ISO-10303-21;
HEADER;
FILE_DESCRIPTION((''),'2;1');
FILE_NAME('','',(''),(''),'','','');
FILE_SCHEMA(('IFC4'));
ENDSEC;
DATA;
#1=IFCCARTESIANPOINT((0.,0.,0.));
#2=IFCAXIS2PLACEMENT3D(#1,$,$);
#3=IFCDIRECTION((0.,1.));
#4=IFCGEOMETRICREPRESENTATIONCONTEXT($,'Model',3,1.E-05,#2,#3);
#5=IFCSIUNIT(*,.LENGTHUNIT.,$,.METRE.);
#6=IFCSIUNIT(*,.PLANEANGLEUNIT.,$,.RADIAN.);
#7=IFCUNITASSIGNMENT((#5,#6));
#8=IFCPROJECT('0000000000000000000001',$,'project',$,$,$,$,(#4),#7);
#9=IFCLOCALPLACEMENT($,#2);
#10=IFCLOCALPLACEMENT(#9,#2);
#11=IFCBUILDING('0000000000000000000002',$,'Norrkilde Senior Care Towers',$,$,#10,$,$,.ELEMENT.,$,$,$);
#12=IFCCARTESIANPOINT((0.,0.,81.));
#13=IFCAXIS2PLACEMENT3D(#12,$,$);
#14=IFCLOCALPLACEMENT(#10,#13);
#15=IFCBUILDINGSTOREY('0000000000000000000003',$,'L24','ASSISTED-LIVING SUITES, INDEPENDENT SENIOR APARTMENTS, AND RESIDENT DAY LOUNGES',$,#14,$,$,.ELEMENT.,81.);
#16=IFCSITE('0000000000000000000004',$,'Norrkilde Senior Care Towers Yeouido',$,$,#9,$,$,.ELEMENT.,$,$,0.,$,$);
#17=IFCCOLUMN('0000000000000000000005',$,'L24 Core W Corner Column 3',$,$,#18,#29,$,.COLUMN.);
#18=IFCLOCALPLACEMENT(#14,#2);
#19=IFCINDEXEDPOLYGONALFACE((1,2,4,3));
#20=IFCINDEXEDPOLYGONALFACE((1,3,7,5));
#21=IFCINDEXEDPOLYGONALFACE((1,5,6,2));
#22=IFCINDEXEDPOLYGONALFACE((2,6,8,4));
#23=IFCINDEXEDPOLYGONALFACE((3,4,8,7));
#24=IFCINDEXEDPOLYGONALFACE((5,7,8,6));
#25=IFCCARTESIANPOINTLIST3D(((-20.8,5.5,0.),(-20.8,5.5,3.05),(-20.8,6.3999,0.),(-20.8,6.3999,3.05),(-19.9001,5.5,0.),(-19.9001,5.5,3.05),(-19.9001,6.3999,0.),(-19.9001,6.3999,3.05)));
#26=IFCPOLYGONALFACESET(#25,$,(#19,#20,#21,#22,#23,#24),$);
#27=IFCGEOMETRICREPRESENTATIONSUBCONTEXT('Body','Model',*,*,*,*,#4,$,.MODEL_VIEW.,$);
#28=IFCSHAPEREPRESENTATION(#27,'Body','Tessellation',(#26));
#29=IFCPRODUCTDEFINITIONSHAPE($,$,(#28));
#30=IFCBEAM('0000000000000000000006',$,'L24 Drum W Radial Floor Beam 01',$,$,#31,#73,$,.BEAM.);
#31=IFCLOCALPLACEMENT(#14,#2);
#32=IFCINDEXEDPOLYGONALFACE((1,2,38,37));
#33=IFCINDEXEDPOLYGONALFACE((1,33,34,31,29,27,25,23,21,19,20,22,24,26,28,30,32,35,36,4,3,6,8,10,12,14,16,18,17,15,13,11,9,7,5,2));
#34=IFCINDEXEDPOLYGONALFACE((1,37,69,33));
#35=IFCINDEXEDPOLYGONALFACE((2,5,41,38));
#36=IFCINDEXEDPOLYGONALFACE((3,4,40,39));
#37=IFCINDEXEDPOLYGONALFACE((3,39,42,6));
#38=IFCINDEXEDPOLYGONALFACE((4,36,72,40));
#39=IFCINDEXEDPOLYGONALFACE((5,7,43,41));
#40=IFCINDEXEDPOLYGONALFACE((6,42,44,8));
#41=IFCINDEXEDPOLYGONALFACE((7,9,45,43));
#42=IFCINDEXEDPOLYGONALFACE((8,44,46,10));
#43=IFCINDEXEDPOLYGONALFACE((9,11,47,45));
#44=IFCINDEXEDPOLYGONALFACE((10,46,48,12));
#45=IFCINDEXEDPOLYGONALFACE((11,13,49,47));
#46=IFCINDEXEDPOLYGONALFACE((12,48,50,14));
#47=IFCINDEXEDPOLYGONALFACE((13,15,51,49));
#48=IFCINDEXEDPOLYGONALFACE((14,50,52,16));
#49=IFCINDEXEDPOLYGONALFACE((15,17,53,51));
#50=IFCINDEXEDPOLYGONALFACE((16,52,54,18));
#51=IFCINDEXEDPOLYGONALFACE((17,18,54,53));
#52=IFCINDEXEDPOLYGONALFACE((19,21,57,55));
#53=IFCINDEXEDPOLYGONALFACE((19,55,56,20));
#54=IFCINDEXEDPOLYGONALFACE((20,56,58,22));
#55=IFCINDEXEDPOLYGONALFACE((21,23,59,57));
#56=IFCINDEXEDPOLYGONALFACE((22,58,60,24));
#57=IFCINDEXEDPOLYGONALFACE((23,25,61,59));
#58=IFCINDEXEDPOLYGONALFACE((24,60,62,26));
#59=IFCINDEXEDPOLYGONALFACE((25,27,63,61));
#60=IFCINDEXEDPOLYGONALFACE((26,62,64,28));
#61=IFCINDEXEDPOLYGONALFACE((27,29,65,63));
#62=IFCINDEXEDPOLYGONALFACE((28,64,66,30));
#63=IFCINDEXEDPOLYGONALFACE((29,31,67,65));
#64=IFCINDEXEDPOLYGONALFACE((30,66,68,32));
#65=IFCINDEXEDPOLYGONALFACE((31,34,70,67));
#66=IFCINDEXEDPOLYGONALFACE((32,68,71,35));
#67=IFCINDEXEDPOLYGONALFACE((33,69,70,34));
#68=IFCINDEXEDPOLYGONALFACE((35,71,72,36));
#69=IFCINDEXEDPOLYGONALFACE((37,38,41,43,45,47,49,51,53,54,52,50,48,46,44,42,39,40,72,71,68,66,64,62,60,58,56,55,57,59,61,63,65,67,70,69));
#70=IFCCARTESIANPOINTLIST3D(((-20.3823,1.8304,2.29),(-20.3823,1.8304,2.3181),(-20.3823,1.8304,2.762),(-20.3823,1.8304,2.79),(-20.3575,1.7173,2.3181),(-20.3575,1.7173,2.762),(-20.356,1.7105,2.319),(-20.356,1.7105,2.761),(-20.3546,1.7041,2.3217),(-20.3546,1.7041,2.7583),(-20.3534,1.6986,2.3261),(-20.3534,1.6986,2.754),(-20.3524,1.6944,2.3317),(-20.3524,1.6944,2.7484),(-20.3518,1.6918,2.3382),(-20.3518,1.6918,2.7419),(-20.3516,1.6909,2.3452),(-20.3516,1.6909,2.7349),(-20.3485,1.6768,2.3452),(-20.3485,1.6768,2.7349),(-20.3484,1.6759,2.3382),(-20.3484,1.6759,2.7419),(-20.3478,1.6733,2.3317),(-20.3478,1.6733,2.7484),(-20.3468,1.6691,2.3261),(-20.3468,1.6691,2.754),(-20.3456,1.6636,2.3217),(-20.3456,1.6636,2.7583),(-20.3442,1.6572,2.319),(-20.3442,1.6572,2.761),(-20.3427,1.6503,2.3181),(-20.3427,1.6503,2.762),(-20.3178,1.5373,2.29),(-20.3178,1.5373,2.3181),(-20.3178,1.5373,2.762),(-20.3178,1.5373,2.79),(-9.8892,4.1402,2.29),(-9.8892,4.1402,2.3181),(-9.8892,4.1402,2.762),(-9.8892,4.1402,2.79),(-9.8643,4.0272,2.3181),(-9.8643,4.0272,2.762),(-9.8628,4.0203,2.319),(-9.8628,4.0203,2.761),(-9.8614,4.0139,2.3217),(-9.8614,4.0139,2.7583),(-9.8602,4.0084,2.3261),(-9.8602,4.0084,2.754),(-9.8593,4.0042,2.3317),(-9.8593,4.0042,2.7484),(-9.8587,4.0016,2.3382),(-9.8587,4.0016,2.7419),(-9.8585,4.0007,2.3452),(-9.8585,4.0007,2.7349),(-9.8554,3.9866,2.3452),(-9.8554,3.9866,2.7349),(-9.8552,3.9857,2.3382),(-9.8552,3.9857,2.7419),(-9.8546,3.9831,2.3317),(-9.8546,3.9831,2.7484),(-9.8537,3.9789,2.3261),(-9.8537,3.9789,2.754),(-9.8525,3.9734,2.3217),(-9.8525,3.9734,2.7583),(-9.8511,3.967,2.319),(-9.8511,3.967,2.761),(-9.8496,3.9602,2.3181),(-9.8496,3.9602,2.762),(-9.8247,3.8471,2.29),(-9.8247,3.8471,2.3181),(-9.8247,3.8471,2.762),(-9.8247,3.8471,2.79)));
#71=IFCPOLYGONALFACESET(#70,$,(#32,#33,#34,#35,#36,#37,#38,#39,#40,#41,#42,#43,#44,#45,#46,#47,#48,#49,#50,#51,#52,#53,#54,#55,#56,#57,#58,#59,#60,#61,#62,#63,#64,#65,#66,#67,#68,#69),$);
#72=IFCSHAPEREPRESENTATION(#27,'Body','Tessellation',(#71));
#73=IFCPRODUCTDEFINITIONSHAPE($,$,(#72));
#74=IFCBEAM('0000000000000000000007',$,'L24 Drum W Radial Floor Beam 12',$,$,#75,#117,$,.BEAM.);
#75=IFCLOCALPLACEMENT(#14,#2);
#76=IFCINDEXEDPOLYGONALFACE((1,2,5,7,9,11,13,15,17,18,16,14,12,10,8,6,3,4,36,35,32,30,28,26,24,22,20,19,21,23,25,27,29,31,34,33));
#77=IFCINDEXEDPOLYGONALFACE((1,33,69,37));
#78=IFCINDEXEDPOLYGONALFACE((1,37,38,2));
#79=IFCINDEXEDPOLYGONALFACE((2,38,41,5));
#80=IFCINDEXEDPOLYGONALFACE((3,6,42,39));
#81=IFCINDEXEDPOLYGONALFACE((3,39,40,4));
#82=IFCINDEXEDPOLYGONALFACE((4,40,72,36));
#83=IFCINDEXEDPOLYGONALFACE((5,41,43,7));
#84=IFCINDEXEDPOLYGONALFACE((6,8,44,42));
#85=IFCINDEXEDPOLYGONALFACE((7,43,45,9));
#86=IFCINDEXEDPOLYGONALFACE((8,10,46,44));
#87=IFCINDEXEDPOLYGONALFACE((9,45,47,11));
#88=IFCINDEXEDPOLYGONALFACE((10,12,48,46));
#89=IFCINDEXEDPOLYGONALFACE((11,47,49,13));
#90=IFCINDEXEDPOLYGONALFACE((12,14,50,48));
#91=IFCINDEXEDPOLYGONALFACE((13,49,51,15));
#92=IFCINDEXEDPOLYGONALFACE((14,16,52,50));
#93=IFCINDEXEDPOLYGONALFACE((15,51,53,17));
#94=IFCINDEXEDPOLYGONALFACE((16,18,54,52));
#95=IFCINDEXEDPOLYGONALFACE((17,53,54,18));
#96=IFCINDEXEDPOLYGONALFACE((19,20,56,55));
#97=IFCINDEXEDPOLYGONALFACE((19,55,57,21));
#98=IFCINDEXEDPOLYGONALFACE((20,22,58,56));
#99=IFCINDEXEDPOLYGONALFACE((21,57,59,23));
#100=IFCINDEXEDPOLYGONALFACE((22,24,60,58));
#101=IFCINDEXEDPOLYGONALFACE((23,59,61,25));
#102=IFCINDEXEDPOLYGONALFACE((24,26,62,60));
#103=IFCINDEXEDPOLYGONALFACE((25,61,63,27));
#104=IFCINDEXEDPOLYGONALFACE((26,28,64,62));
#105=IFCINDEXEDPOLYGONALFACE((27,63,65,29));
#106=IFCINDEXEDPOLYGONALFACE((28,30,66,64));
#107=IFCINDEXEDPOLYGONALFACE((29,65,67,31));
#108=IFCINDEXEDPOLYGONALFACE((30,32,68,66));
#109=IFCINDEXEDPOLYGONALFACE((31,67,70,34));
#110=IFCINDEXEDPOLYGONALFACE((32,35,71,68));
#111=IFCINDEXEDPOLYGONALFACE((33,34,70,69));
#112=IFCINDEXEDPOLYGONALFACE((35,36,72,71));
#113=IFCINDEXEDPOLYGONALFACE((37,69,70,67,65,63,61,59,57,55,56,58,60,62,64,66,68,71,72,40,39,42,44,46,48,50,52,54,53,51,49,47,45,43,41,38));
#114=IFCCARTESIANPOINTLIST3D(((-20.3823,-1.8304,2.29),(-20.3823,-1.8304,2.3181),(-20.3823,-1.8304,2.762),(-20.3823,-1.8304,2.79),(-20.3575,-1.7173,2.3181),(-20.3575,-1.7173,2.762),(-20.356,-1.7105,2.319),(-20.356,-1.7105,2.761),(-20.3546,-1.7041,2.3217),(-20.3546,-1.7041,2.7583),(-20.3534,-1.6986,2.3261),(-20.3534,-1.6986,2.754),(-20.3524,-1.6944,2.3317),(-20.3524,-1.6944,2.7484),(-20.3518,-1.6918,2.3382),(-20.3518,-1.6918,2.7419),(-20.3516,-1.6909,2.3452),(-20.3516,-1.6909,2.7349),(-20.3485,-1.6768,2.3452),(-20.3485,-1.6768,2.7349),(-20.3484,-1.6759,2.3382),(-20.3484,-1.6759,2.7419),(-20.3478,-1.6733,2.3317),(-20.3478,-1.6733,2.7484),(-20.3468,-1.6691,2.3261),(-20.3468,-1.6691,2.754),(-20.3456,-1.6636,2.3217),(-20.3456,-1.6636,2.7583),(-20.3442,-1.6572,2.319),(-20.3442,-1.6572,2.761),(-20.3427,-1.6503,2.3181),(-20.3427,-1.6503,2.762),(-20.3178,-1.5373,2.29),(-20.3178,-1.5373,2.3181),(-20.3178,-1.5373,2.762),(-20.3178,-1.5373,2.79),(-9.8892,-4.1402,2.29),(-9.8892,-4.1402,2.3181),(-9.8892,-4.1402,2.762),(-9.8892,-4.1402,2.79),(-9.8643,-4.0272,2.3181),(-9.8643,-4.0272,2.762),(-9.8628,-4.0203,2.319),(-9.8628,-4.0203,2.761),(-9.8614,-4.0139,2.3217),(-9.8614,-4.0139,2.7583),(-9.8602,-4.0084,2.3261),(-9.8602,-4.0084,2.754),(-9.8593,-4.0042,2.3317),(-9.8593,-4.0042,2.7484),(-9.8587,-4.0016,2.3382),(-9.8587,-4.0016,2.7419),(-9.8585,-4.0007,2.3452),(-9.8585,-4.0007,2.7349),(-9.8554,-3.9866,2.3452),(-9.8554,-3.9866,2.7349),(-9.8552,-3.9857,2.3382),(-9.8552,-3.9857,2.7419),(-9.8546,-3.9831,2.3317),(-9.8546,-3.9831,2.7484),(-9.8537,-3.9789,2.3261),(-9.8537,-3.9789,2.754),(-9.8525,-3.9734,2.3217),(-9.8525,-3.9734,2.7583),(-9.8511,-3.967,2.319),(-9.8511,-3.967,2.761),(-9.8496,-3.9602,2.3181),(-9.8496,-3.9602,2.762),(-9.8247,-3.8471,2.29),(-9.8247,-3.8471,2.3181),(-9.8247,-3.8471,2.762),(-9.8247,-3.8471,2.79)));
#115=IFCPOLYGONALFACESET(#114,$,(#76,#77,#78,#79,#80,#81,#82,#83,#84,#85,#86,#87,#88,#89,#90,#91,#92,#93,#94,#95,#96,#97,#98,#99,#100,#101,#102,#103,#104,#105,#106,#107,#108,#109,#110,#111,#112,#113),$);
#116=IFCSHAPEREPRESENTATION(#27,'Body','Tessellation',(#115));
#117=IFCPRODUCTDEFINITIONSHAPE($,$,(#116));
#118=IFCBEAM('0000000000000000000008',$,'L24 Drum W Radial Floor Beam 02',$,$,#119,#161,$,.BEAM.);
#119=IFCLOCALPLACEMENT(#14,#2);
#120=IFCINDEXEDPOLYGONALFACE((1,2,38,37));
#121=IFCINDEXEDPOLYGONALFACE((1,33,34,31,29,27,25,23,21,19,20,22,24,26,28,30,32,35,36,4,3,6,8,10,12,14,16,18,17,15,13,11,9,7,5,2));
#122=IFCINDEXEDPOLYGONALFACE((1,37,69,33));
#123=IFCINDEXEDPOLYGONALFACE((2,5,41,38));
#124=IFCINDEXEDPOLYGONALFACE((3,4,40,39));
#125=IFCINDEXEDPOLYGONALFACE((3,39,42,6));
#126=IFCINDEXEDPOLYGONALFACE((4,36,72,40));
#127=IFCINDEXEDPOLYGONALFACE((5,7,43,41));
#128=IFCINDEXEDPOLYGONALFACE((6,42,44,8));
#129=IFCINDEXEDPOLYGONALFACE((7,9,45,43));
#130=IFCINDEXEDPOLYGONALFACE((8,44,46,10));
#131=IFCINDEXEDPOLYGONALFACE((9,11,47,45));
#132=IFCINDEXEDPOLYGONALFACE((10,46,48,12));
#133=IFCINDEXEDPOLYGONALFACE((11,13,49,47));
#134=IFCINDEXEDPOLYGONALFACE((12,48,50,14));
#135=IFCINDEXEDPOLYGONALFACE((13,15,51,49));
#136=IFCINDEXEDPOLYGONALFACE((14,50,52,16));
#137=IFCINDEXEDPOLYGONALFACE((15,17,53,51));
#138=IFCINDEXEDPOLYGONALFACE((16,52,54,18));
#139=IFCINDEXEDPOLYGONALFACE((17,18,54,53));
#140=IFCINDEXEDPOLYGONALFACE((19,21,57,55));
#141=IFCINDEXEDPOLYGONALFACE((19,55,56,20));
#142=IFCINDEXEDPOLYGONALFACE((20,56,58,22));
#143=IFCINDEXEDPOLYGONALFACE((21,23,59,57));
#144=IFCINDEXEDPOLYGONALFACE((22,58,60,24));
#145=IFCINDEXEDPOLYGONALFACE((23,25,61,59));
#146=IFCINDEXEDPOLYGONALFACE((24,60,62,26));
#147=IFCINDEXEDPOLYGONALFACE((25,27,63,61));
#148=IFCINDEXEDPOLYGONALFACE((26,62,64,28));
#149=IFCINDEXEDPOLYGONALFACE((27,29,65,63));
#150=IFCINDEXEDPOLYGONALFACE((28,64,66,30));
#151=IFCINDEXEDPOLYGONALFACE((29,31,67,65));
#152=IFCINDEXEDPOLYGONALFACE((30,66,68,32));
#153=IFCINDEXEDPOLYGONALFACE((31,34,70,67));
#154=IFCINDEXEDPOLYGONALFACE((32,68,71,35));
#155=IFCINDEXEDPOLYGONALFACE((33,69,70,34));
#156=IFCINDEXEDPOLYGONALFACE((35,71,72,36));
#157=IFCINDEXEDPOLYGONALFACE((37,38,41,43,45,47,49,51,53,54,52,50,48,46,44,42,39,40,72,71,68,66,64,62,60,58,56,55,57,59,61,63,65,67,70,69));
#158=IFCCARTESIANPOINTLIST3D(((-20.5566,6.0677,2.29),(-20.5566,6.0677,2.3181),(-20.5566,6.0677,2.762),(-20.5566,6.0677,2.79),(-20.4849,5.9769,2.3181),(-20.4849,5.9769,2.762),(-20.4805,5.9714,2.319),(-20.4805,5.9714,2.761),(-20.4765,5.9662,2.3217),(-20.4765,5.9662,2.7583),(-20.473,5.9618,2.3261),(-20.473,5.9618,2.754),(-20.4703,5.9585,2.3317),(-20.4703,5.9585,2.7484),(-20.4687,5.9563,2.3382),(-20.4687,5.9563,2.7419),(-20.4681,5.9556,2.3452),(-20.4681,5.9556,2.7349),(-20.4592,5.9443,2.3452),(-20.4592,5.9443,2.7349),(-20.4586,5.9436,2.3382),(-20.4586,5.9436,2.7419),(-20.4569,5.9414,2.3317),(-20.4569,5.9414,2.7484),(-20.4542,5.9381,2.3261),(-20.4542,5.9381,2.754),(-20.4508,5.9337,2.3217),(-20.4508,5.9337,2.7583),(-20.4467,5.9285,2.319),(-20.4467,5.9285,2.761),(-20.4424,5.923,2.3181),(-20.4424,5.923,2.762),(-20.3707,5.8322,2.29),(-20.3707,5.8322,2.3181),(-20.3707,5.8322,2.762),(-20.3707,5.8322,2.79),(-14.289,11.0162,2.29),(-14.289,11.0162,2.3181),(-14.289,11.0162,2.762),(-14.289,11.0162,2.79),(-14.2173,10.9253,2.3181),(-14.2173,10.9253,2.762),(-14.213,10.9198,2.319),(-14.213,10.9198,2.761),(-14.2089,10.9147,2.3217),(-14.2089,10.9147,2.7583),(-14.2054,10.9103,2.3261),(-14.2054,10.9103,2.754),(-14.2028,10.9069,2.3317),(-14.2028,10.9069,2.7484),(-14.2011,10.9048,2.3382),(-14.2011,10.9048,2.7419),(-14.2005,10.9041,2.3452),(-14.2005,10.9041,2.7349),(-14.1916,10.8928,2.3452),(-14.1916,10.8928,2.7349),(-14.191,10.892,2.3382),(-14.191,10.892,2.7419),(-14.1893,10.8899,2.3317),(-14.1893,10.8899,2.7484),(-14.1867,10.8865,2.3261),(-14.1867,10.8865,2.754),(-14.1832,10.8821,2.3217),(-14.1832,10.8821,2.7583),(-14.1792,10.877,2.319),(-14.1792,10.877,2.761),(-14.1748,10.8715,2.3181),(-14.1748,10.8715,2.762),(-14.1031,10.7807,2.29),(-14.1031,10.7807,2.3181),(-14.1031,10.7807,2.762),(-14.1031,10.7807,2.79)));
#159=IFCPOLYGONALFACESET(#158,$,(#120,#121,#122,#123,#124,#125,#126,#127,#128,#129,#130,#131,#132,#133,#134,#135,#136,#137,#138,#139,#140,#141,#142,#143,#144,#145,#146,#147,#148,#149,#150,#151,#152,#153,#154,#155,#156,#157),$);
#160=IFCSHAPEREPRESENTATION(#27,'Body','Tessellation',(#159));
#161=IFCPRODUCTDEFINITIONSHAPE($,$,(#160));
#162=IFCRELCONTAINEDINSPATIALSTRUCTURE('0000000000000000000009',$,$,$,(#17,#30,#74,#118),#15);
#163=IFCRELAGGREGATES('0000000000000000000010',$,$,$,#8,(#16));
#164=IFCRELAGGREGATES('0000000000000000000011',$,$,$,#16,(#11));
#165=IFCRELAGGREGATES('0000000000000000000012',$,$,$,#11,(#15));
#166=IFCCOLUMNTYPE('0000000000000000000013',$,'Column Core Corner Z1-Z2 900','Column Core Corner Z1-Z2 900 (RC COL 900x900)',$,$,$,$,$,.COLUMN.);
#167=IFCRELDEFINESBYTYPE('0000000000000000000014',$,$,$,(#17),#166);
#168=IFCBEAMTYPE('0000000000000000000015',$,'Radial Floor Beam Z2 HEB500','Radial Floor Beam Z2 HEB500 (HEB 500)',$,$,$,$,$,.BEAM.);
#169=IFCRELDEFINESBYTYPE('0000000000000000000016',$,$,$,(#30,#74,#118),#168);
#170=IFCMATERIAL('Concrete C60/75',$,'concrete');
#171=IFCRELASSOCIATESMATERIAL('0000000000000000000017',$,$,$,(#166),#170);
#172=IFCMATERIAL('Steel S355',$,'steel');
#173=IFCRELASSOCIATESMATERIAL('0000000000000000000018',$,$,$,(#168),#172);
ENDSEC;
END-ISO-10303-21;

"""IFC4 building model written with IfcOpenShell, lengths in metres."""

from ifc_helpers import new_model, si_unit, direction, frame, origin, origin_2d, place, context, subcontext, project, spatial, rectangle, i_section, extrude, source, transform, mapped, material, material_profile, profile_set, type_object, type_shapes, element, save


model = new_model("IFC4")

# Units and contexts
model_context = context("Model", 3, precision=1e-05, world=origin(), true_north=direction((0.0, 1.0)))
body_context = subcontext(model_context, "Body", "Model", "MODEL_VIEW")
ifc_project = project(units=[si_unit("LENGTHUNIT", "METRE"), si_unit("PLANEANGLEUNIT", "RADIAN")], contexts=[model_context])

# Site, building, storey
site_placement = place(None, origin())
site = spatial("IfcSite", under=ifc_project, at=site_placement, Name="Norrkilde Senior Care Towers Yeouido", CompositionType="ELEMENT", RefElevation=0.0)
building_placement = place(site_placement, origin())
building = spatial("IfcBuilding", under=site, at=building_placement, Name="Norrkilde Senior Care Towers", CompositionType="ELEMENT")
storey_placement = place(building_placement, frame((0.0, 0.0, 81.0)))
storey = spatial("IfcBuildingStorey", under=building, at=storey_placement, Name="L24", Description="ASSISTED-LIVING SUITES, INDEPENDENT SENIOR APARTMENTS, AND RESIDENT DAY LOUNGES", CompositionType="ELEMENT", Elevation=81.0)

# Column
ifc_material_1 = material(Name="Concrete C60/75", Category="concrete")
ifc_material_profile_1 = material_profile(ifc_material_1, rectangle(XDim=0.8999, YDim=0.8999, at=origin_2d()), Name="RC COL 900x900")
ifc_profile_set_1 = profile_set([ifc_material_profile_1], Name="Concrete C60/75")
column_type = type_object("IfcColumnType", Name="Column Core Corner Z1-Z2 900", Description="Column Core Corner Z1-Z2 900 (RC COL 900x900)", PredefinedType="COLUMN", material=ifc_profile_set_1)
shared_shape_1 = source(origin(), body_context, "Body", "SweptSolid", [
    extrude(rectangle(XDim=0.8999, YDim=0.8999, at=origin_2d()), origin(), (0.0, 0.0, 1.0), 3.05),
])
type_shapes(column_type, [shared_shape_1])
column_placement = place(storey_placement, frame((-20.3501, 5.95, 0.0), z_axis=(0.0, 0.0, 1.0), x_axis=(1.0, 0.0, 0.0)))
element("IfcColumn", 1, at=column_placement, inside=storey, type_object=column_type, Name="L24 Core W Corner Column 3", PredefinedType="COLUMN", context=body_context, shape_type="MappedRepresentation", body=[
    mapped(shared_shape_1, transform((0.0, 0.0, 0.0), x_axis=(1.0, 0.0, 0.0), y_axis=(0.0, 1.0, 0.0), z_axis=(0.0, 0.0, 1.0), scale=1.0)),
])

# Beams
ifc_material_2 = material(Name="Steel S355", Category="steel")
ifc_material_profile_2 = material_profile(ifc_material_2, i_section(OverallWidth=0.3, OverallDepth=0.5, WebThickness=0.0144, FlangeThickness=0.0281, FilletRadius=0.0271, at=origin_2d()), Name="HEB 500")
ifc_profile_set_2 = profile_set([ifc_material_profile_2], Name="Steel S355")
beam_type_1 = type_object("IfcBeamType", Name="Radial Floor Beam Z2 HEB500", Description="Radial Floor Beam Z2 HEB500 (HEB 500)", PredefinedType="BEAM", material=ifc_profile_set_2)
shared_shape_2 = source(origin(), body_context, "Body", "SweptSolid", [
    extrude(i_section(OverallWidth=0.3, OverallDepth=0.5, WebThickness=0.0144, FlangeThickness=0.0281, FilletRadius=0.0271, at=origin_2d()), origin(), (0.0, 0.0, 1.0), 10.7444),
])
for number, where, z_axis, x_axis, name in (
    (2, (-20.3501, 1.6838, 2.54), (0.976619, 0.214979, 0.0), (-0.214979, 0.976619, 0.0), "L24 Drum W Radial Floor Beam 01"),
    (3, (-20.3501, -1.6838, 2.54), (0.976619, -0.214979, 0.0), (0.214979, 0.976619, 0.0), "L24 Drum W Radial Floor Beam 12"),
):
    element("IfcBeam", number, at=place(storey_placement, frame(where, z_axis=z_axis, x_axis=x_axis)), inside=storey, type_object=beam_type_1, Name=name, PredefinedType="BEAM", context=body_context, shape_type="MappedRepresentation", body=[
        mapped(shared_shape_2, transform((0.0, 0.0, 0.0), x_axis=(1.0, 0.0, 0.0), y_axis=(0.0, 1.0, 0.0), z_axis=(0.0, 0.0, 1.0), scale=1.0)),
    ])
shared_shape_3 = source(origin(), body_context, "Body", "SweptSolid", [
    extrude(i_section(OverallWidth=0.3, OverallDepth=0.5, WebThickness=0.0144, FlangeThickness=0.0281, FilletRadius=0.0271, at=origin_2d()), origin(), (0.0, 0.0, 1.0), 7.9856),
])
beam_1_placement = place(storey_placement, frame((-20.4636, 5.95, 2.54), z_axis=(0.784859, 0.619675, 0.0), x_axis=(-0.619675, 0.784859, 0.0)))
element("IfcBeam", 4, at=beam_1_placement, inside=storey, type_object=beam_type_1, Name="L24 Drum W Radial Floor Beam 02", PredefinedType="BEAM", context=body_context, shape_type="MappedRepresentation", body=[
    mapped(shared_shape_3, transform((0.0, 0.0, 0.0), x_axis=(1.0, 0.0, 0.0), y_axis=(0.0, 1.0, 0.0), z_axis=(0.0, 0.0, 1.0), scale=1.0)),
])

save(model, "model.ifc")
